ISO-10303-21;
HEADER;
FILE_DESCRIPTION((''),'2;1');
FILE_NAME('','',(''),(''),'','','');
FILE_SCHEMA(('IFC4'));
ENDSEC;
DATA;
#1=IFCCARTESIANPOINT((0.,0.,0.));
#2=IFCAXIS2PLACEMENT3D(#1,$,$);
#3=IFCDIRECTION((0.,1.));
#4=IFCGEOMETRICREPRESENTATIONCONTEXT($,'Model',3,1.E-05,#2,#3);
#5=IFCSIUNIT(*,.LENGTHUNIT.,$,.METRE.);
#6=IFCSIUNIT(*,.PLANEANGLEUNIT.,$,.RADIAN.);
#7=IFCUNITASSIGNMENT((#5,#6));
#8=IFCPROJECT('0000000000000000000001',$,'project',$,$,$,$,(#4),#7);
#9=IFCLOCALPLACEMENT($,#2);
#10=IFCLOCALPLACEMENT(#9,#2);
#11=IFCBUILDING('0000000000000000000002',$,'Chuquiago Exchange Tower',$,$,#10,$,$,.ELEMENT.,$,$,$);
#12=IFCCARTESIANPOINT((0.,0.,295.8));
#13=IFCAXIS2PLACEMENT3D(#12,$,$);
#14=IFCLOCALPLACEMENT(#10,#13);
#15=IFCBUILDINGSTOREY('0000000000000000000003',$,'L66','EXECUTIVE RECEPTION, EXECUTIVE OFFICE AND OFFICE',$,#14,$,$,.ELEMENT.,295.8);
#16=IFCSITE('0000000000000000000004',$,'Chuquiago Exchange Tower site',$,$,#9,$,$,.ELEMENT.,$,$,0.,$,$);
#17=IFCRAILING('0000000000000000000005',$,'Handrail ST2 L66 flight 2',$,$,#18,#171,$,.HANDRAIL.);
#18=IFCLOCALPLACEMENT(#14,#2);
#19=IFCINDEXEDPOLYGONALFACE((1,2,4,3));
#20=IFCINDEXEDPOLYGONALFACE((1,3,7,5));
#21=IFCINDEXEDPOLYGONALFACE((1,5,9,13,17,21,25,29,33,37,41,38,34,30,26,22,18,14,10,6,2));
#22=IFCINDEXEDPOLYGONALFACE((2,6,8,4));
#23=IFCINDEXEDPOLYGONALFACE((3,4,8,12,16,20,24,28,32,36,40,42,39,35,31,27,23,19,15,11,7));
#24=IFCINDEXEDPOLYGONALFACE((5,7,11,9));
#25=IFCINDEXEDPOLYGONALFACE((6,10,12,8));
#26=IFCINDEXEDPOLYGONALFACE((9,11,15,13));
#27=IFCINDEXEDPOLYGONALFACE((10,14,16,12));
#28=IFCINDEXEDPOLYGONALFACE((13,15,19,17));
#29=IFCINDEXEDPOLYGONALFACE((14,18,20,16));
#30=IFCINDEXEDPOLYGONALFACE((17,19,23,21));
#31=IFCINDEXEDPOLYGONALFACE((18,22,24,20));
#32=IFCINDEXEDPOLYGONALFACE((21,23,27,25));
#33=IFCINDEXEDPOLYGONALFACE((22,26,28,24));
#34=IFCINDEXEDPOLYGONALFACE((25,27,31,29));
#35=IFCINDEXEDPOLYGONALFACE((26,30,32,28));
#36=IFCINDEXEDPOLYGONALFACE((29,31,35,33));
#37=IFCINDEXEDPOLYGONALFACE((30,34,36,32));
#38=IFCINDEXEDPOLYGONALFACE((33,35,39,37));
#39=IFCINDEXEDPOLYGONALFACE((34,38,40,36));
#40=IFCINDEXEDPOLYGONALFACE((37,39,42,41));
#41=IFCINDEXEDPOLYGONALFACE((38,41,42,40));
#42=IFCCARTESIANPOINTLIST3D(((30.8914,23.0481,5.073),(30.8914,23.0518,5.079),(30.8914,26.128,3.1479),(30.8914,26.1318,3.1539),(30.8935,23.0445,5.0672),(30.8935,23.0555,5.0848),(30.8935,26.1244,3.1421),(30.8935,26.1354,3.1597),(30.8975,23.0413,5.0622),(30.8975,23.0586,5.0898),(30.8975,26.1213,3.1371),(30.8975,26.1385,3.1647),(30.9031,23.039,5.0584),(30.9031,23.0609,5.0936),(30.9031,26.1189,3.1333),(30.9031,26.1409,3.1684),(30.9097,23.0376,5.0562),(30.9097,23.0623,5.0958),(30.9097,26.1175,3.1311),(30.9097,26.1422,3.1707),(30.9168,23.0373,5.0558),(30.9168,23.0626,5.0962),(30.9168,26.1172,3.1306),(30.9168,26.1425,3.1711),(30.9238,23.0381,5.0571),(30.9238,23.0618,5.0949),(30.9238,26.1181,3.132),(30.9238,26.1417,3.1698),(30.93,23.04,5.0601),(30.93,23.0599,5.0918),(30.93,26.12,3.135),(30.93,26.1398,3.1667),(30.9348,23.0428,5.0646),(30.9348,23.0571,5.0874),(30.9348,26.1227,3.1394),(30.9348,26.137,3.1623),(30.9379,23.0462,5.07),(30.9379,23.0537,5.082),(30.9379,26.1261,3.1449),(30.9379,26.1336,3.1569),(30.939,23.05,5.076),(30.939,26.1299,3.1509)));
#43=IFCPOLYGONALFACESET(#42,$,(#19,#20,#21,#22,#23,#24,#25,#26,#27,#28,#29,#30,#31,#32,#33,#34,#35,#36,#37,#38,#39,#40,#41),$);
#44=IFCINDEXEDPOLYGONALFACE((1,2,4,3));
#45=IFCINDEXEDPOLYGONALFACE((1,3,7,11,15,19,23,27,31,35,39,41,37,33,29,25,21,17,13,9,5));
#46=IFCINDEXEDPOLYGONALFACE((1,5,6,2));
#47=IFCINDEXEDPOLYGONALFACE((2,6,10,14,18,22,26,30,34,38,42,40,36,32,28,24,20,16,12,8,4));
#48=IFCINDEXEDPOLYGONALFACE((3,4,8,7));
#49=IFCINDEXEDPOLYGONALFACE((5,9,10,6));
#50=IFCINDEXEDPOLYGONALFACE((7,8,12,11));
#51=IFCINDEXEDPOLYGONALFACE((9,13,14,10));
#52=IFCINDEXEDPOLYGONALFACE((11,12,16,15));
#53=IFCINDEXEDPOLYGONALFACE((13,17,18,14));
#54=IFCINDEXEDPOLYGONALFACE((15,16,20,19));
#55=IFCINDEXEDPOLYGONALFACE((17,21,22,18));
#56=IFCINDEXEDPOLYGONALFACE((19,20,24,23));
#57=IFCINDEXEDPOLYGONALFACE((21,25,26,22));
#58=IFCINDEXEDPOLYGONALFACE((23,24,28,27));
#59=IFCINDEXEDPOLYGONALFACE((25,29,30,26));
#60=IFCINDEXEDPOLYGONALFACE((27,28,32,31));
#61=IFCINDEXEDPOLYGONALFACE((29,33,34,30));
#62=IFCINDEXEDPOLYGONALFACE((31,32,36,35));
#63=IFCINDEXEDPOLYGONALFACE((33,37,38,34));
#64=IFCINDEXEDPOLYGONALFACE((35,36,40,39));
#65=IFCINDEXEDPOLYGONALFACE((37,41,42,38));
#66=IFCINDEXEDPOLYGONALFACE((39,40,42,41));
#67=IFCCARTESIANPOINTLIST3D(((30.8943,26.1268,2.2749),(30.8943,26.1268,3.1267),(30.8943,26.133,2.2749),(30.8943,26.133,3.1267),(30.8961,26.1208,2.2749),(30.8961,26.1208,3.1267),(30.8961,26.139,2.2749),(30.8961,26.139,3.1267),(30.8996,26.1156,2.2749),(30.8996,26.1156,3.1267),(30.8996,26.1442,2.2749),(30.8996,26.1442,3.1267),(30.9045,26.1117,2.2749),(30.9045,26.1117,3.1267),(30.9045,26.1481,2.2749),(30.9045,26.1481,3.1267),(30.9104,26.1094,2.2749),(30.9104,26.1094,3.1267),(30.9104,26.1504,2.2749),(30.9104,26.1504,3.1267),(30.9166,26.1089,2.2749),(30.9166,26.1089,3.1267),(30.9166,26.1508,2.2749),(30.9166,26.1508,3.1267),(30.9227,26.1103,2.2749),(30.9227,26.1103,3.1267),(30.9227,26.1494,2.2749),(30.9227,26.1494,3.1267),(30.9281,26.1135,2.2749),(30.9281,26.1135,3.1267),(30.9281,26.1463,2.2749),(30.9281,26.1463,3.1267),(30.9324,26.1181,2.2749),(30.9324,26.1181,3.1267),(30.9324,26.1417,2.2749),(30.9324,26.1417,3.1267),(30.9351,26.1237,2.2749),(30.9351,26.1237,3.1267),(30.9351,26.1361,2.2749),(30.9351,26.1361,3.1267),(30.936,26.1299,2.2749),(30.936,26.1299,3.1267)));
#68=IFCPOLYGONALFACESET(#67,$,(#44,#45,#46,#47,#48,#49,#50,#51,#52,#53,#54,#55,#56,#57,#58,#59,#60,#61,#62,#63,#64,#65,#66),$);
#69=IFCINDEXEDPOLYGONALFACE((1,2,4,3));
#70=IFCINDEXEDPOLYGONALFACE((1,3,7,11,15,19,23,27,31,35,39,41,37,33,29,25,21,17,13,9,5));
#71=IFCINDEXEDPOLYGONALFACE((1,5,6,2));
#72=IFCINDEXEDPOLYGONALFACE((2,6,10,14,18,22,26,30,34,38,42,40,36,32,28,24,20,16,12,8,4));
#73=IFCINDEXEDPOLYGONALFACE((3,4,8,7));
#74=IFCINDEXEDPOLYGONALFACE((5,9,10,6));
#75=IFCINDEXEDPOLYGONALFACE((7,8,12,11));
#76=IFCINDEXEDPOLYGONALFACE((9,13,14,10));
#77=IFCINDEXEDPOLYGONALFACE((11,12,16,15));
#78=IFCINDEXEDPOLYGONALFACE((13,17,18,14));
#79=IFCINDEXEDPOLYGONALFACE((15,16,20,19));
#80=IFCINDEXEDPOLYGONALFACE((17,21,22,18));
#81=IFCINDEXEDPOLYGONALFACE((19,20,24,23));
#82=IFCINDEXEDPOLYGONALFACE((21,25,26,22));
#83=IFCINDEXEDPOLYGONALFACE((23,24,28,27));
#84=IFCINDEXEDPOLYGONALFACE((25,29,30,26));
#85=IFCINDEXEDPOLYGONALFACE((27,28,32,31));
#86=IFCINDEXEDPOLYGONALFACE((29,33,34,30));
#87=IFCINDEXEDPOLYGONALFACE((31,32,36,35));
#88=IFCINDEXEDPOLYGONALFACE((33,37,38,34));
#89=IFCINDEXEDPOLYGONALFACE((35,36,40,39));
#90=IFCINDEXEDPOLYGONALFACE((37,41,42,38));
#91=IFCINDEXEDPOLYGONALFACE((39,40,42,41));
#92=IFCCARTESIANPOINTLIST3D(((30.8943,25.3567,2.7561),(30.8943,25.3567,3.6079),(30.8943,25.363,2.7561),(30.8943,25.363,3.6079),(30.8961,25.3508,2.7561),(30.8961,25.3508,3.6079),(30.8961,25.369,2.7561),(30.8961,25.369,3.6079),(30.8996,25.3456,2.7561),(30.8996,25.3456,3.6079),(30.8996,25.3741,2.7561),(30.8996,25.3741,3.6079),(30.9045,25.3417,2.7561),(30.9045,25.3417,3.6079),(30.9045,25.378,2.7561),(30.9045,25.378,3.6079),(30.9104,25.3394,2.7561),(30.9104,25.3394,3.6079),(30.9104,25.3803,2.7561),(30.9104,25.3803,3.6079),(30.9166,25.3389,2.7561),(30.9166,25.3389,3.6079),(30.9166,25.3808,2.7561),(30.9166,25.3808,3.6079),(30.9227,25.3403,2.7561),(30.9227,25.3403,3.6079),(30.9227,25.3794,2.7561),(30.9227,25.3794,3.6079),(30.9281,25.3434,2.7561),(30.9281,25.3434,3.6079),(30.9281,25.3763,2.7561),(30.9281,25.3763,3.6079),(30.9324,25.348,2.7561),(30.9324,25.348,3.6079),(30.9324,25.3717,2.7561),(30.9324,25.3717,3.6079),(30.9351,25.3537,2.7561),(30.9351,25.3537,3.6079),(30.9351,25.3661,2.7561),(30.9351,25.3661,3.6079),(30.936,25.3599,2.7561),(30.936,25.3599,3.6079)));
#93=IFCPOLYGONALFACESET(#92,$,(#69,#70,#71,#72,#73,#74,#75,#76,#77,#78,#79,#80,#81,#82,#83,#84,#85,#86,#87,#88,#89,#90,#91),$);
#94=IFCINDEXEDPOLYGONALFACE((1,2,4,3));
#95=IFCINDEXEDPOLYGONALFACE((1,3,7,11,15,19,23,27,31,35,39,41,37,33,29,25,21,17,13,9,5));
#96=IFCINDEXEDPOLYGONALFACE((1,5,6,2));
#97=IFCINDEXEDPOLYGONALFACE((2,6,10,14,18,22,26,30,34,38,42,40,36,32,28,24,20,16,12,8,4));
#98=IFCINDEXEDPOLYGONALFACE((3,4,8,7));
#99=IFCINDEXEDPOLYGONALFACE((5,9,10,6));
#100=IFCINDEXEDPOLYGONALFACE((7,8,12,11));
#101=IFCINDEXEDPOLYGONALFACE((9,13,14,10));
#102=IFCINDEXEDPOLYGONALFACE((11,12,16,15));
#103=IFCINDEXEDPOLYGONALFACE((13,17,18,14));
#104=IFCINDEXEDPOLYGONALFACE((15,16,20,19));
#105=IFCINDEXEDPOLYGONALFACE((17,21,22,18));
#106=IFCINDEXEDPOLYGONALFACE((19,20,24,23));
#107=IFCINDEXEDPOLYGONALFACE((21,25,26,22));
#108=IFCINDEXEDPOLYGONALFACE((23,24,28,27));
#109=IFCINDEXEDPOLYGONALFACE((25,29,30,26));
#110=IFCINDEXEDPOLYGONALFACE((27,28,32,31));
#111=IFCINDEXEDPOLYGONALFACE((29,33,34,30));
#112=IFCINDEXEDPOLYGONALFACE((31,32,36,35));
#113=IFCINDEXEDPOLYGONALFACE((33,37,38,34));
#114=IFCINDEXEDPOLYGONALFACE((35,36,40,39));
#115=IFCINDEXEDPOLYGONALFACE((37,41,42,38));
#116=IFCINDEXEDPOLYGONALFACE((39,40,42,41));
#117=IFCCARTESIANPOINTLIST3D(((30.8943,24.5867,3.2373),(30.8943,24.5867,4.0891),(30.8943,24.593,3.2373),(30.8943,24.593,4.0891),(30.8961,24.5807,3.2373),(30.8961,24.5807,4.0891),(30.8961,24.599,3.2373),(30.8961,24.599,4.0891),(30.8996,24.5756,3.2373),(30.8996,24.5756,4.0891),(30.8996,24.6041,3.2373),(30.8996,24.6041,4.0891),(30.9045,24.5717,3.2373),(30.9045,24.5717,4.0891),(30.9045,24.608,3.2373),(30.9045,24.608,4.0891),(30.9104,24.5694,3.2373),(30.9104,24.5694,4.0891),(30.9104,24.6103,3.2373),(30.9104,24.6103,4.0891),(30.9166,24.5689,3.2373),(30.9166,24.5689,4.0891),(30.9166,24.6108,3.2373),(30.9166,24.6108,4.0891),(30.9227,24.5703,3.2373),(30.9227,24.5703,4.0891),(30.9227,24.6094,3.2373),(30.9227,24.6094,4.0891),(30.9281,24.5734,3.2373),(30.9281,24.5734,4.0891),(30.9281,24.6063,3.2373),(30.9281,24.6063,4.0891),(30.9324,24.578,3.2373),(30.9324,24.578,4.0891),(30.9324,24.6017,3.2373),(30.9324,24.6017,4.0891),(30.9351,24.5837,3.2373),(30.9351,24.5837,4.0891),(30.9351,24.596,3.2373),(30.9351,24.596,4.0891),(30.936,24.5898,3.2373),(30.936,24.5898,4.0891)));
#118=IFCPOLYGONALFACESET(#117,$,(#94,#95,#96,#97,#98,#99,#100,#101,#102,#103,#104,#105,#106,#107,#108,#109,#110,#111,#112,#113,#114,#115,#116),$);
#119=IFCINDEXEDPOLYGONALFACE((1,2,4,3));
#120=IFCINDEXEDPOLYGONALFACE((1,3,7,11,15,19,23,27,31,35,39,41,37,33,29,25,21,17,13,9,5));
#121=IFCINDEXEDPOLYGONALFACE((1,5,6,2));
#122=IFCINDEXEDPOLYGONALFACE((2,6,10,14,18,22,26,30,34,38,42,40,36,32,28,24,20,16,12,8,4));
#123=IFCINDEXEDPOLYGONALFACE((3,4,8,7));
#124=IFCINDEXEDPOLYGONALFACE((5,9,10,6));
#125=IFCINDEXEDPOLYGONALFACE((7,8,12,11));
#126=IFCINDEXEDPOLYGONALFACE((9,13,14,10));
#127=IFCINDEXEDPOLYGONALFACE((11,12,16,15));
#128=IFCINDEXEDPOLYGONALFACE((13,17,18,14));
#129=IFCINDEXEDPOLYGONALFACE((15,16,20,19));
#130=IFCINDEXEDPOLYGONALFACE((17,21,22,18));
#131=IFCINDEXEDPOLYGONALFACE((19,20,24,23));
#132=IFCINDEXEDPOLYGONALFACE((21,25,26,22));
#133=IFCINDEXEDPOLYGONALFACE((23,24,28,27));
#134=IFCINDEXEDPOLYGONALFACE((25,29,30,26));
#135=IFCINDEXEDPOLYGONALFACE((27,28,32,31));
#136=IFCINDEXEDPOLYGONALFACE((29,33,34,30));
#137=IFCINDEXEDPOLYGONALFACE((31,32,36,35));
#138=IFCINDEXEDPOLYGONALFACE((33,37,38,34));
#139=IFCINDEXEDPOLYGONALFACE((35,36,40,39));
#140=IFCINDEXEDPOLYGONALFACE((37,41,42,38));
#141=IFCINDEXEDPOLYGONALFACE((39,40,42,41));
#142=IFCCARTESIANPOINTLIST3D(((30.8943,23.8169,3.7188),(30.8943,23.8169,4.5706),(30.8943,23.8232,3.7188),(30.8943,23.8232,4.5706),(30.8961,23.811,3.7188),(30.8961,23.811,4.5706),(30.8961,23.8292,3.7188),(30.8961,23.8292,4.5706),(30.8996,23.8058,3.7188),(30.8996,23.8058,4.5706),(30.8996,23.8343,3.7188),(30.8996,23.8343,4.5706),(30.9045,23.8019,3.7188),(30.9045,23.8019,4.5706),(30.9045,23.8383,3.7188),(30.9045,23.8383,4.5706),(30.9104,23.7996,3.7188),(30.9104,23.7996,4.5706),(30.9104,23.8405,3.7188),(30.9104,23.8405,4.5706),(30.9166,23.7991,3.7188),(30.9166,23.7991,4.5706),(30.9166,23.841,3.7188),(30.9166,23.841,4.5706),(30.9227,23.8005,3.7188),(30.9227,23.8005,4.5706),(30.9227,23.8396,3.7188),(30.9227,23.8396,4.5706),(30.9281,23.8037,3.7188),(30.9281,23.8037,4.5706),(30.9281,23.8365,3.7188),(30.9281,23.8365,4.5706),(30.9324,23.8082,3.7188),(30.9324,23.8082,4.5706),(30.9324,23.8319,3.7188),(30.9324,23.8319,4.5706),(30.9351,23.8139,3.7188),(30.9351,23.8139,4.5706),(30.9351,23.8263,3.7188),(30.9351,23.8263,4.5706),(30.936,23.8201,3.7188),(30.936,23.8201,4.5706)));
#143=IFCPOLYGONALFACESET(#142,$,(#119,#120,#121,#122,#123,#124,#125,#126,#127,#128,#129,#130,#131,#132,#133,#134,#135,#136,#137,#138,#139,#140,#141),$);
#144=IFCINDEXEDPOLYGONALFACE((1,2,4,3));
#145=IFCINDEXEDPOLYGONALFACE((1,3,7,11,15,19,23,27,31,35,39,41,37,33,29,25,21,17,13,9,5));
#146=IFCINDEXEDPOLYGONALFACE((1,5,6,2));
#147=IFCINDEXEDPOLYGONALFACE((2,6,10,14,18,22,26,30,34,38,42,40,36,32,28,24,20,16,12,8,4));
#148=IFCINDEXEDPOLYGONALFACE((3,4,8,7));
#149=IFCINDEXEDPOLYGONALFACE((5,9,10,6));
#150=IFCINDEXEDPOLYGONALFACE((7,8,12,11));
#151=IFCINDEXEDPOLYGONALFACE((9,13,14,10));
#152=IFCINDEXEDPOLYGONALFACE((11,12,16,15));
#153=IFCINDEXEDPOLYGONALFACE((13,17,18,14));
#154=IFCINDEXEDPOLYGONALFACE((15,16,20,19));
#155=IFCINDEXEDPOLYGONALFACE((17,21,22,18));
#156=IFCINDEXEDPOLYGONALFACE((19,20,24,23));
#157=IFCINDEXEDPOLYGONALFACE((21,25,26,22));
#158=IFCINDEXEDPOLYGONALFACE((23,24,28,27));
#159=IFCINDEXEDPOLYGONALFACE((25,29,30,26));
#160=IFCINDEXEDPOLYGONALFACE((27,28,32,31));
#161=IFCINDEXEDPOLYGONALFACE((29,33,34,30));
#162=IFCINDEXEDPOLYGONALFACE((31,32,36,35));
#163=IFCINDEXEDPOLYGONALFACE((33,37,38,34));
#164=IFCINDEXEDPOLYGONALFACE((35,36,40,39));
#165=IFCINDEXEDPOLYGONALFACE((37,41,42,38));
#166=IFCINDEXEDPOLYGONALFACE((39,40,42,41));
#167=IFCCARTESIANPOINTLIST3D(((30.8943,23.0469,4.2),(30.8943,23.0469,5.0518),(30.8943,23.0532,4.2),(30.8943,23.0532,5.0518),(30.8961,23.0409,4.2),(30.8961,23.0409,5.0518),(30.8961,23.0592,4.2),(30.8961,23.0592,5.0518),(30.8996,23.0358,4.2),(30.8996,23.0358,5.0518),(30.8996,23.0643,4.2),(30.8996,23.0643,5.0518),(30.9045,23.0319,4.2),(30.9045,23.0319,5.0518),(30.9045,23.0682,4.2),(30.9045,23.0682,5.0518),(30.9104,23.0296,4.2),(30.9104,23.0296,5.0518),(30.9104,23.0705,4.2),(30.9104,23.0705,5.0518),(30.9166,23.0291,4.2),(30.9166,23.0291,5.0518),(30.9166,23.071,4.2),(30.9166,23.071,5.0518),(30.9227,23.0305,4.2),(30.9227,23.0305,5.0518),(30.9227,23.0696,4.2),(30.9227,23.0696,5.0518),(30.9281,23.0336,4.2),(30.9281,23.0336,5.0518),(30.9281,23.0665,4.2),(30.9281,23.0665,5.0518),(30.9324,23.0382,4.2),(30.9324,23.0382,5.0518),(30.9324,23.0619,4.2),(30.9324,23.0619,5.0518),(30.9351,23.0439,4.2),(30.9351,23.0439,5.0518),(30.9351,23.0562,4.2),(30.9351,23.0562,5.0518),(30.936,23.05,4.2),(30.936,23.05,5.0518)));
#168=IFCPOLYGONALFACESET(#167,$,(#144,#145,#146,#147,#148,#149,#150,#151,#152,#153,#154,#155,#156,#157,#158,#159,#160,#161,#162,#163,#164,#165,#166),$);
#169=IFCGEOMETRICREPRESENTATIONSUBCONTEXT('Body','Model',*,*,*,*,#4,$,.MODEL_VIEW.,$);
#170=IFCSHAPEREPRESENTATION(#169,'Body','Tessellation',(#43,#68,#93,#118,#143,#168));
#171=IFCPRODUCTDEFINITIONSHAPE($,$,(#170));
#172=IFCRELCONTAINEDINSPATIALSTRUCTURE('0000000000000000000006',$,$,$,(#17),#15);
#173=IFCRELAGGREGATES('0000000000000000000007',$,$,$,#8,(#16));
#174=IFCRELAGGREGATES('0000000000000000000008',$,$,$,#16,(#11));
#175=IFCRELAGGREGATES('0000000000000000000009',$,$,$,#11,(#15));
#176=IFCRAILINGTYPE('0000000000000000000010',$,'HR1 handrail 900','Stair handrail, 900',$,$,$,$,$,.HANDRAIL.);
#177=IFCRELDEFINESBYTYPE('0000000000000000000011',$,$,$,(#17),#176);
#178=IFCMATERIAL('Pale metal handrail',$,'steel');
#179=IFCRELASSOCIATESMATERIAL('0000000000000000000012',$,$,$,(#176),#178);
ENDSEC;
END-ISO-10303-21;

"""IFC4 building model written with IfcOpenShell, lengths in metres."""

from ifc_helpers import new_model, si_unit, direction, frame, origin, origin_2d, place, context, subcontext, project, spatial, circle, extrude, material, type_object, element, save


model = new_model("IFC4")

# Units and contexts
model_context = context("Model", 3, precision=1e-05, world=origin(), true_north=direction((0.0, 1.0)))
body_context = subcontext(model_context, "Body", "Model", "MODEL_VIEW")
ifc_project = project(units=[si_unit("LENGTHUNIT", "METRE"), si_unit("PLANEANGLEUNIT", "RADIAN")], contexts=[model_context])

# Site, building, storey
site_placement = place(None, origin())
site = spatial("IfcSite", under=ifc_project, at=site_placement, Name="Chuquiago Exchange Tower site", CompositionType="ELEMENT", RefElevation=0.0)
building_placement = place(site_placement, origin())
building = spatial("IfcBuilding", under=site, at=building_placement, Name="Chuquiago Exchange Tower", CompositionType="ELEMENT")
storey_placement = place(building_placement, frame((0.0, 0.0, 295.8)))
storey = spatial("IfcBuildingStorey", under=building, at=storey_placement, Name="L66", Description="EXECUTIVE RECEPTION, EXECUTIVE OFFICE AND OFFICE", CompositionType="ELEMENT", Elevation=295.8)

# Railing
ifc_material_1 = material(Name="Pale metal handrail", Category="steel")
railing_type_1 = type_object("IfcRailingType", Name="HR1 handrail 900", Description="Stair handrail, 900", PredefinedType="HANDRAIL", material=ifc_material_1)
for number, where, name in (
    (1, (30.915, 26.1299, 2.2749), "Handrail ST2 L66 flight 2"),
):
    element("IfcRailing", number, at=place(storey_placement, frame(where)), inside=storey, type_object=railing_type_1, Name=name, PredefinedType="HANDRAIL", context=body_context, shape_type="SweptSolid", body=[
        extrude(circle(Radius=0.0239, at=origin_2d()), frame((0.0, 0.0, 0.876), z_axis=(0.0, -0.847979, 0.530029), x_axis=(1.0, 0.0, 0.0)), (0.0, 0.0, 1.0), 3.6321),
        extrude(circle(Radius=0.021, at=origin_2d()), origin(), (0.0, 0.0, 1.0), 0.8518),
        extrude(circle(Radius=0.021, at=origin_2d()), frame((0.0, -0.77, 0.4812)), (0.0, 0.0, 1.0), 0.8518),
        extrude(circle(Radius=0.021, at=origin_2d()), frame((0.0, -1.54, 0.9624)), (0.0, 0.0, 1.0), 0.8518),
        extrude(circle(Radius=0.021, at=origin_2d()), frame((0.0, -2.3098, 1.4438)), (0.0, 0.0, 1.0), 0.8518),
        extrude(circle(Radius=0.021, at=origin_2d()), frame((0.0, -3.0798, 1.925)), (0.0, 0.0, 1.0), 0.8518),
    ])

save(model, "model.ifc")
